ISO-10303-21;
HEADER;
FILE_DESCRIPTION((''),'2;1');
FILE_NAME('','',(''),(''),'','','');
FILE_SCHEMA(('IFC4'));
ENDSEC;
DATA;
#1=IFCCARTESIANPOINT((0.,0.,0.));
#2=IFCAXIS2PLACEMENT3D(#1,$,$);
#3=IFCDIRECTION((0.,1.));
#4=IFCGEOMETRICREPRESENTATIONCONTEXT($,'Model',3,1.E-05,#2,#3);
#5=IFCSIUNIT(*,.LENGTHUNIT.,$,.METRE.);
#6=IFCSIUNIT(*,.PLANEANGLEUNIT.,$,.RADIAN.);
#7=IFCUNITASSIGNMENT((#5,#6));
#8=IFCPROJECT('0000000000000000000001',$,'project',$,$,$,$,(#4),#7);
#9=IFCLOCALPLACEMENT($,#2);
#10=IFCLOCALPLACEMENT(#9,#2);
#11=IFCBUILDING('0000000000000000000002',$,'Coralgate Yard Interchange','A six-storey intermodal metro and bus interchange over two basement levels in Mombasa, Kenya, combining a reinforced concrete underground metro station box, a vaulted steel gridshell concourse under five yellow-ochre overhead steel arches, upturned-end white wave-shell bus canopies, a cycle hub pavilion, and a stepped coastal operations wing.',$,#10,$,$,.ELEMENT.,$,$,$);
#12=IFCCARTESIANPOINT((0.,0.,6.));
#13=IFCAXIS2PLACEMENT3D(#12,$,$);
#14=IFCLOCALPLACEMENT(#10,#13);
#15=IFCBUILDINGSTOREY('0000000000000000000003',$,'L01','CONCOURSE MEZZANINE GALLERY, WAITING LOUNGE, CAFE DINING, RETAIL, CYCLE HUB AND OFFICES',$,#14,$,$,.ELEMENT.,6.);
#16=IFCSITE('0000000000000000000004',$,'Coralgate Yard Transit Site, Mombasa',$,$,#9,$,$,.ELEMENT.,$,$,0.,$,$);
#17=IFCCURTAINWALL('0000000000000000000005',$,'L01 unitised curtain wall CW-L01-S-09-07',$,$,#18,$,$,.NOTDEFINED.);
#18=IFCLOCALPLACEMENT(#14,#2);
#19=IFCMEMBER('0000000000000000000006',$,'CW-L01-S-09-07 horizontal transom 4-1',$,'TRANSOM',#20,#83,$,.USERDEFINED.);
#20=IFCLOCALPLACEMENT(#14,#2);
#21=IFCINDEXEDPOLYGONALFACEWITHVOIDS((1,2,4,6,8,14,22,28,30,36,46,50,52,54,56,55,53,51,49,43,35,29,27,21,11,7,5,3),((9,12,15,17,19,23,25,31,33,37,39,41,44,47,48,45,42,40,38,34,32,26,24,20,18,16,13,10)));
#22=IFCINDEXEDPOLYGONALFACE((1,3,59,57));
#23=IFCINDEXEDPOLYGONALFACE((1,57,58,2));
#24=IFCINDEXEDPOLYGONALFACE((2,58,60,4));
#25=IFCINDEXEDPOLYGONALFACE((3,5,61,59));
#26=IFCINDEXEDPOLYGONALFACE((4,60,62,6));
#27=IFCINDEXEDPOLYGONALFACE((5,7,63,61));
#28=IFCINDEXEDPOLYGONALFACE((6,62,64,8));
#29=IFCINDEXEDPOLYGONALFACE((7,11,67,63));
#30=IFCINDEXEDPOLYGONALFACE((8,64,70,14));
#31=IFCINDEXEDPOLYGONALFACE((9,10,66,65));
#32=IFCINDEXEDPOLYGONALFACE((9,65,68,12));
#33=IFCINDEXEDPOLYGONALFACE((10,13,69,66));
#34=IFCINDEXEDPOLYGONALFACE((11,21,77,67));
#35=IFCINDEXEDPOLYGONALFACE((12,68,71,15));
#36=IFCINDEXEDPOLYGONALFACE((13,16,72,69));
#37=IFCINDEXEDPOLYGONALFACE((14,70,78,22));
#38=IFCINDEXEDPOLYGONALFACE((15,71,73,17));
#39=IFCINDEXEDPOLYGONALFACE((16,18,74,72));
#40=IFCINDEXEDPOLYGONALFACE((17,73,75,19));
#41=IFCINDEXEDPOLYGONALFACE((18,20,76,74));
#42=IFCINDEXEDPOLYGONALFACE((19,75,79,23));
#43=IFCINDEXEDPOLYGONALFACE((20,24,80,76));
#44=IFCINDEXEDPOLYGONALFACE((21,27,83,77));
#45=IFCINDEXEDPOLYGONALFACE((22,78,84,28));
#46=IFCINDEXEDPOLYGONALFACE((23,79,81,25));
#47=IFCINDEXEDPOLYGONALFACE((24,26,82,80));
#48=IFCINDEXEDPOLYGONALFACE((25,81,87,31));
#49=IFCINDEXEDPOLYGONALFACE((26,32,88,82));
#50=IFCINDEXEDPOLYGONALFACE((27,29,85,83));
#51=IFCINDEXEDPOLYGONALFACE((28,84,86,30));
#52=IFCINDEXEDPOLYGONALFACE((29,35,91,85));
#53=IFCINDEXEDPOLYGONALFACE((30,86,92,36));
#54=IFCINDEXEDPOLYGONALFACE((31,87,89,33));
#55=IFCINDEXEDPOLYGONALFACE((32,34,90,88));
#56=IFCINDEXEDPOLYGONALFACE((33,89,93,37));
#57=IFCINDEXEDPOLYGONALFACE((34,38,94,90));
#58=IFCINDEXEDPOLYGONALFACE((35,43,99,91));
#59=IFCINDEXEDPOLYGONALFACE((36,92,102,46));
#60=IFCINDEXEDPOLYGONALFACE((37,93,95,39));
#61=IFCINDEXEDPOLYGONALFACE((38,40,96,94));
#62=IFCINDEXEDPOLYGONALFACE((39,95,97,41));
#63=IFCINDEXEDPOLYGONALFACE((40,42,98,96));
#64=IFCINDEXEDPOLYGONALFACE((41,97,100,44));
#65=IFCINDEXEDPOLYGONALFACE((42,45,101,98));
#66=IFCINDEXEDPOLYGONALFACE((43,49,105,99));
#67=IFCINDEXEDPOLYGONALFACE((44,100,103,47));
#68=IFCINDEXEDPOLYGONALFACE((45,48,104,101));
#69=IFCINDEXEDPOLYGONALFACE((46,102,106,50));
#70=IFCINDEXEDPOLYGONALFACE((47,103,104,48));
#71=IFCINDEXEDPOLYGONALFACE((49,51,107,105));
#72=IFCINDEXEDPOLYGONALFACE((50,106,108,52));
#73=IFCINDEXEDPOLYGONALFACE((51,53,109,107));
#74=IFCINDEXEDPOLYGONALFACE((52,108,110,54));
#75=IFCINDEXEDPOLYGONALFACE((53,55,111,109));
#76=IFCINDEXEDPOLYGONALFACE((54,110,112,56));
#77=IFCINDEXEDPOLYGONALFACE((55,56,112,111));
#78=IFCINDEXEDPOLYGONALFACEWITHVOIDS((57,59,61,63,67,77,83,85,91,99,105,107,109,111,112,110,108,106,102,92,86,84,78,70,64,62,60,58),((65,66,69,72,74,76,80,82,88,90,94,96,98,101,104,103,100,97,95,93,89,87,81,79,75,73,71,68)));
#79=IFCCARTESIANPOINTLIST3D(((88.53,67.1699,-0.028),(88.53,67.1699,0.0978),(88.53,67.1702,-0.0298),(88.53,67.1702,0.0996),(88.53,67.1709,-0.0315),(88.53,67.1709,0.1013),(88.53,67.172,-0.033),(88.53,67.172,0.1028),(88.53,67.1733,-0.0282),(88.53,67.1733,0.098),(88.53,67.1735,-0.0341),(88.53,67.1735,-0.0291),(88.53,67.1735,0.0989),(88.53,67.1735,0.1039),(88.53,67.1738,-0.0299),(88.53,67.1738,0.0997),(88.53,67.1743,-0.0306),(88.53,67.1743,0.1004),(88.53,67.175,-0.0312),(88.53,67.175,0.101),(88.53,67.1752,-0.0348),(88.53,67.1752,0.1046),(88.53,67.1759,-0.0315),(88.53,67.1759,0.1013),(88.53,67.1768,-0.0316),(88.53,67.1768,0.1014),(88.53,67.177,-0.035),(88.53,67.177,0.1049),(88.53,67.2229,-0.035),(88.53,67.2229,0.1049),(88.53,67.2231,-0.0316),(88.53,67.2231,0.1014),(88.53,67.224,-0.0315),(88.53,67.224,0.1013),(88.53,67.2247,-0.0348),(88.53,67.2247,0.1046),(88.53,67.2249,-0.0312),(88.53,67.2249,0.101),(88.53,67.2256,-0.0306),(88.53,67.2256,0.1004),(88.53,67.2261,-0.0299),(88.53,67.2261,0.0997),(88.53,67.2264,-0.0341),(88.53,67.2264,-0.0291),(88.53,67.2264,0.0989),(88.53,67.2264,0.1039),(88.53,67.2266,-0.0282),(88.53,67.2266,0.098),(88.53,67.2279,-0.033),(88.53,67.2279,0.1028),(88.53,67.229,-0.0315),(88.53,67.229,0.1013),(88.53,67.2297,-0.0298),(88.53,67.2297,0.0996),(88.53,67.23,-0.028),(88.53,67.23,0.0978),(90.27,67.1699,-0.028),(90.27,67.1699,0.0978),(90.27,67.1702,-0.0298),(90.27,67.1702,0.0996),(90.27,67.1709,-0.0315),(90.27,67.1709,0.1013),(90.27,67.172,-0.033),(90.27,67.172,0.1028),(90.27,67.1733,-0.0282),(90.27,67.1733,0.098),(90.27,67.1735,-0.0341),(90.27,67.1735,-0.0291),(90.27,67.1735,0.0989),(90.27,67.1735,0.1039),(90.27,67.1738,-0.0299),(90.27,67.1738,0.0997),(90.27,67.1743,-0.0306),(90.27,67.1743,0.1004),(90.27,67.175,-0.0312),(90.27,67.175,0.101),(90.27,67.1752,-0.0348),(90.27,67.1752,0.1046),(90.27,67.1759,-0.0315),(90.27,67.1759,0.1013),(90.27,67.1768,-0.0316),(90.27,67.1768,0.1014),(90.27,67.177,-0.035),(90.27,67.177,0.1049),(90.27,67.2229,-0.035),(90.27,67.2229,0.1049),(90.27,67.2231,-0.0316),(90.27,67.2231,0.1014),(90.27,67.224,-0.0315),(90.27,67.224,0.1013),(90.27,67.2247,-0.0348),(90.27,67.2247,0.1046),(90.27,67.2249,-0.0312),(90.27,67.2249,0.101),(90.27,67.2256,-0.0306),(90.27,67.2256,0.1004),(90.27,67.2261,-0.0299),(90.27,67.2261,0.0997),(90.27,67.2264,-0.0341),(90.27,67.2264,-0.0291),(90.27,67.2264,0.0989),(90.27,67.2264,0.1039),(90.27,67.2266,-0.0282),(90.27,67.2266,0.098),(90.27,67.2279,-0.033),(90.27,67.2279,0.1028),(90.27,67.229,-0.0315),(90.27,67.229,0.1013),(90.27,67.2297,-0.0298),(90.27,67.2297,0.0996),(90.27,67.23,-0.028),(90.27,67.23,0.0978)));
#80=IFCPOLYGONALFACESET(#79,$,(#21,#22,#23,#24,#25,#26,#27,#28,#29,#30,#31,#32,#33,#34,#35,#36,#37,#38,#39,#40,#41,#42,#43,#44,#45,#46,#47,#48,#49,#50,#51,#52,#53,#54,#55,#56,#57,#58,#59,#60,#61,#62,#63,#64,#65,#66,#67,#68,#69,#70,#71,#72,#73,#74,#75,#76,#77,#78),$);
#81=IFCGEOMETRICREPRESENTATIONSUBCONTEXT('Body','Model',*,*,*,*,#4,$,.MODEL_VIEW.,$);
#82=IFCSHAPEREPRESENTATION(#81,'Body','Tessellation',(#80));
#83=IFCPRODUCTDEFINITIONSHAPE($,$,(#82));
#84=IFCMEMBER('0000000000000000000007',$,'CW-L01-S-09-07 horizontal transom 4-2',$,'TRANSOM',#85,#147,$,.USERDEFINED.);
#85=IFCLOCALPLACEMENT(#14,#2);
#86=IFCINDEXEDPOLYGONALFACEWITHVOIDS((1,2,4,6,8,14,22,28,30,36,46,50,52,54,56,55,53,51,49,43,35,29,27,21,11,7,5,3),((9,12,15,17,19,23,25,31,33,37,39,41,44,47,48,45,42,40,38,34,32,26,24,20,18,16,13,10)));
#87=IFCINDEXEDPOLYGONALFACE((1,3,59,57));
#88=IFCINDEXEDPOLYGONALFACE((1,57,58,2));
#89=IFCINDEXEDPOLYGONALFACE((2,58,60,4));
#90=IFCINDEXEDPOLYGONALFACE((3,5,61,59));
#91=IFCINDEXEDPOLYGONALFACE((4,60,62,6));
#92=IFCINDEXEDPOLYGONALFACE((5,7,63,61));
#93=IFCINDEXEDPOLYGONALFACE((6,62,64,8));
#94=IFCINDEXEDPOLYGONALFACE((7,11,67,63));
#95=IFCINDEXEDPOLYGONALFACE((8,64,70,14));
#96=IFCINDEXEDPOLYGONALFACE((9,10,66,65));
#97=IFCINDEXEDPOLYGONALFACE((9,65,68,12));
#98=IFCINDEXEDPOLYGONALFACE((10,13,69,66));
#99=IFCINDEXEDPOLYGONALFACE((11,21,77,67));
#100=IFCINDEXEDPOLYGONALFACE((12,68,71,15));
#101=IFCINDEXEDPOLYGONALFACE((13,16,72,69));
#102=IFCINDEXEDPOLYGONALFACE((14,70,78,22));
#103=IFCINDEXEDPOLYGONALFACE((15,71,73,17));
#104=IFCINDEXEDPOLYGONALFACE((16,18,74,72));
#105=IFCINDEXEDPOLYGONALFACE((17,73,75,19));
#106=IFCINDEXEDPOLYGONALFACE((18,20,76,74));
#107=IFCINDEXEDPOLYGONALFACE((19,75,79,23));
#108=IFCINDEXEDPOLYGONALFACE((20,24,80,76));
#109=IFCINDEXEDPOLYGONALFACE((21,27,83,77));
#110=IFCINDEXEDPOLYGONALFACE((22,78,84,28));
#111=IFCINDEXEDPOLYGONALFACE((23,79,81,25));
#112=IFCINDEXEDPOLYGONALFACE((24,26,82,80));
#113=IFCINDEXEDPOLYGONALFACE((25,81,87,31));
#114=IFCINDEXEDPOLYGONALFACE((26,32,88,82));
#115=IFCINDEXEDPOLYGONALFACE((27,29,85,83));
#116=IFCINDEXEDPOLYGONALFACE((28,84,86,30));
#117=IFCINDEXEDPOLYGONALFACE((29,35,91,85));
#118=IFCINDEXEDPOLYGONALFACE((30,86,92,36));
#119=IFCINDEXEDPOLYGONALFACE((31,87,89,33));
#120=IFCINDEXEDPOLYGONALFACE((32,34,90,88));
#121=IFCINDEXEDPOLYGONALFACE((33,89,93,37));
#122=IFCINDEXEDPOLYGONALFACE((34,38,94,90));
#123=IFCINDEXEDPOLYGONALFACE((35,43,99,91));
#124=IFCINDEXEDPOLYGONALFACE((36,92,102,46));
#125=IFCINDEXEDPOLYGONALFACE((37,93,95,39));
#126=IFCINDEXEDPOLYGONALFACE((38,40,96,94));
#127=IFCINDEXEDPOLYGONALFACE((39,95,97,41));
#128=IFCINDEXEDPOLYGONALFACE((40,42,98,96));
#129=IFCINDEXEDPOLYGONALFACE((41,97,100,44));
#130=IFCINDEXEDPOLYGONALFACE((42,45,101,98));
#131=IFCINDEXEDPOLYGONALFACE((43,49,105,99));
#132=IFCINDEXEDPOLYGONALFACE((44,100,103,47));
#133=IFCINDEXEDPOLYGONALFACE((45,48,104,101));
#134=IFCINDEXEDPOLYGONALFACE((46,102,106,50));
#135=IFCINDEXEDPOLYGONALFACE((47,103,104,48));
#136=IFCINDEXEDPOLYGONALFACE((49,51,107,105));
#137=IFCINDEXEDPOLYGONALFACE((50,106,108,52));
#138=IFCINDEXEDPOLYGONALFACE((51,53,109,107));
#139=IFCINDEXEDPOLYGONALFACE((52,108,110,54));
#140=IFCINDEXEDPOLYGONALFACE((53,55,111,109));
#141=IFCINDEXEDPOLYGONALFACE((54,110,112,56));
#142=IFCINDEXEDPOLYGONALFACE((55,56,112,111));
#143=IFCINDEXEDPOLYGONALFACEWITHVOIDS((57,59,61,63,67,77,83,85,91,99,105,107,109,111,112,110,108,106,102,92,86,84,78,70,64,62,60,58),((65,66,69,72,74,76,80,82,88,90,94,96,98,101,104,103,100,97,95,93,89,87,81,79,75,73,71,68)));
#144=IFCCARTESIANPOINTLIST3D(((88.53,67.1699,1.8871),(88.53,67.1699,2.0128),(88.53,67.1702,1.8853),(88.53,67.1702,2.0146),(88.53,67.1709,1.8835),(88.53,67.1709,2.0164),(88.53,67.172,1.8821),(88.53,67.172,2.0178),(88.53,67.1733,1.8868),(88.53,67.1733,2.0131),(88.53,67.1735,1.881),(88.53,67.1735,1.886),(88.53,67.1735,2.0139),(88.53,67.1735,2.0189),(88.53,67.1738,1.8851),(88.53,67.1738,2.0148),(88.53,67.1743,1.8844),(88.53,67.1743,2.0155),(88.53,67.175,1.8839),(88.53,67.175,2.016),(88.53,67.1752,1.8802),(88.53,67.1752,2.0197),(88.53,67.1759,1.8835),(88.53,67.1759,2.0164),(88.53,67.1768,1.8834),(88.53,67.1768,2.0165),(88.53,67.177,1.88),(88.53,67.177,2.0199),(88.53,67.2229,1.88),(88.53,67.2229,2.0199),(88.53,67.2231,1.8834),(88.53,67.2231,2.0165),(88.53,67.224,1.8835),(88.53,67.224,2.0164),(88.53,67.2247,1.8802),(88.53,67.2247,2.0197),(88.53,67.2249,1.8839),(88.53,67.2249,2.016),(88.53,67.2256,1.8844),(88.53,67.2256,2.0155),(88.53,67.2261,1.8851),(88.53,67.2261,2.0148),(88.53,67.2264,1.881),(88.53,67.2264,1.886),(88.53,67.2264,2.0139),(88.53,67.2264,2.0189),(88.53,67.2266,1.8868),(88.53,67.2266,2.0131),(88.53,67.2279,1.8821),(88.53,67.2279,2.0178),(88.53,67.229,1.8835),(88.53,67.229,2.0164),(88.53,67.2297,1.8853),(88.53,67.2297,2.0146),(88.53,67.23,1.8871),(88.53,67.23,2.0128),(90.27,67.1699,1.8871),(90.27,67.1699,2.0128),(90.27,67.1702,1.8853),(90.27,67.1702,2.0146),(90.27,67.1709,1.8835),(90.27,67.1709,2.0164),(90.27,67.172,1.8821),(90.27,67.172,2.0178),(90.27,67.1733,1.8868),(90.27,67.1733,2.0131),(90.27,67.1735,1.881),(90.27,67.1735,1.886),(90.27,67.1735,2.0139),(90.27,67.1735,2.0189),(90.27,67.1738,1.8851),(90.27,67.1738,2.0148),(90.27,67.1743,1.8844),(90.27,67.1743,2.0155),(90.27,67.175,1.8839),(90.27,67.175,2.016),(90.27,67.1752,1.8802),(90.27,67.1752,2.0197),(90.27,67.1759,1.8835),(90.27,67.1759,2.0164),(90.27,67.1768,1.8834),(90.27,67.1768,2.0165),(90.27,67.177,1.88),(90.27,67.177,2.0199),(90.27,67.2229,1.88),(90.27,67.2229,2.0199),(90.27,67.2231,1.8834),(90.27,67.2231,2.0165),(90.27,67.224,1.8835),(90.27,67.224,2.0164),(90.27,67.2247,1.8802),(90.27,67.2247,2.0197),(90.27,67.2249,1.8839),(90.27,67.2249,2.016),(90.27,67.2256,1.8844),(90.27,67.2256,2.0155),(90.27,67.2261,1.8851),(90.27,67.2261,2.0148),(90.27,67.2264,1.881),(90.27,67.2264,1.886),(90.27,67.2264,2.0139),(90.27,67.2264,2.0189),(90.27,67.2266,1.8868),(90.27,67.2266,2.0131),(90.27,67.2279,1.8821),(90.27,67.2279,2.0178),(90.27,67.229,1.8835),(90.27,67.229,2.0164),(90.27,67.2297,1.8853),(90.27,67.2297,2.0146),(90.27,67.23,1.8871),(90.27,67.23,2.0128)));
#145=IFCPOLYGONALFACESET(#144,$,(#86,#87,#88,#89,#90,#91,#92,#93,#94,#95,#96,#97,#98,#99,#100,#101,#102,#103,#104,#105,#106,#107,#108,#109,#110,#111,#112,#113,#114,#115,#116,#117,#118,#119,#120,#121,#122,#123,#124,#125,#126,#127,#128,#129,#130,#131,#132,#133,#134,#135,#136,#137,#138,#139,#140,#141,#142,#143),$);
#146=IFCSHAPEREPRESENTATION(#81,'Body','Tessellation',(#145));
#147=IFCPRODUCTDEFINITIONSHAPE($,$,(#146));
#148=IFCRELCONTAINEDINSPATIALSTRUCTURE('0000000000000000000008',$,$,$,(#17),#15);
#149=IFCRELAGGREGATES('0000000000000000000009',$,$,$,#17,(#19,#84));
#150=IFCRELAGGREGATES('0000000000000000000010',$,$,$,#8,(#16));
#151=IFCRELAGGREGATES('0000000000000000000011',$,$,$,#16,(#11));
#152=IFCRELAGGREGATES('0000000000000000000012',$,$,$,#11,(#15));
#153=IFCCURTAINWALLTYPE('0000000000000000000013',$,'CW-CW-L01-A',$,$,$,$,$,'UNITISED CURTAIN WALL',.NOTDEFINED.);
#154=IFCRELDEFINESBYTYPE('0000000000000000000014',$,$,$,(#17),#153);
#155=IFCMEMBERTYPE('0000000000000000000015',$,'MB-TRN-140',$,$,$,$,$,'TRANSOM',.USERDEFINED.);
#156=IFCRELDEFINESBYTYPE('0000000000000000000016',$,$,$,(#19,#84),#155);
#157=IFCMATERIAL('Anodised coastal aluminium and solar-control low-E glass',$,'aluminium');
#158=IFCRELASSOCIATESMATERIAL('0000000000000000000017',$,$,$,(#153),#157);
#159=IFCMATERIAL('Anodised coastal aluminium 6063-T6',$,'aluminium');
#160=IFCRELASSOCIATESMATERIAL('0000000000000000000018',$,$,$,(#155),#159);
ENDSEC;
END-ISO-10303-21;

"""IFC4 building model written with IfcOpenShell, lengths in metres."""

from ifc_helpers import new_model, si_unit, direction, frame, origin, origin_2d, place, context, subcontext, project, spatial, hollow_rectangle, extrude, material, material_profile, profile_set, type_object, element, aggregate, save


model = new_model("IFC4")

# Units and contexts
model_context = context("Model", 3, precision=1e-05, world=origin(), true_north=direction((0.0, 1.0)))
body_context = subcontext(model_context, "Body", "Model", "MODEL_VIEW")
ifc_project = project(units=[si_unit("LENGTHUNIT", "METRE"), si_unit("PLANEANGLEUNIT", "RADIAN")], contexts=[model_context])

# Site, building, storey
site_placement = place(None, origin())
site = spatial("IfcSite", under=ifc_project, at=site_placement, Name="Coralgate Yard Transit Site, Mombasa", CompositionType="ELEMENT", RefElevation=0.0)
building_placement = place(site_placement, origin())
building = spatial("IfcBuilding", under=site, at=building_placement, Name="Coralgate Yard Interchange", Description="A six-storey intermodal metro and bus interchange over two basement levels in Mombasa, Kenya, combining a reinforced concrete underground metro station box, a vaulted steel gridshell concourse under five yellow-ochre overhead steel arches, upturned-end white wave-shell bus canopies, a cycle hub pavilion, and a stepped coastal operations wing.", CompositionType="ELEMENT")
storey_placement = place(building_placement, frame((0.0, 0.0, 6.0)))
storey = spatial("IfcBuildingStorey", under=building, at=storey_placement, Name="L01", Description="CONCOURSE MEZZANINE GALLERY, WAITING LOUNGE, CAFE DINING, RETAIL, CYCLE HUB AND OFFICES", CompositionType="ELEMENT", Elevation=6.0)

# Curtain wall, members
ifc_material_1 = material(Name="Anodised coastal aluminium and solar-control low-E glass", Category="aluminium")
curtain_wall_type = type_object("IfcCurtainWallType", Name="CW-CW-L01-A", ElementType="UNITISED CURTAIN WALL", PredefinedType="NOTDEFINED", material=ifc_material_1)
curtain_wall_placement = place(storey_placement, origin())
curtain_wall = element("IfcCurtainWall", 1, at=curtain_wall_placement, inside=storey, type_object=curtain_wall_type, Name="L01 unitised curtain wall CW-L01-S-09-07", PredefinedType="NOTDEFINED")
ifc_material_2 = material(Name="Anodised coastal aluminium 6063-T6", Category="aluminium")
ifc_material_profile_1 = material_profile(ifc_material_2, hollow_rectangle(XDim=0.0601, YDim=0.1399, WallThickness=0.0034, InnerFilletRadius=0.0034, OuterFilletRadius=0.0071, at=origin_2d()), Name="ALU 60x140x3.5")
ifc_profile_set_1 = profile_set([ifc_material_profile_1], Name="Anodised coastal aluminium 6063-T6")
member_type_1 = type_object("IfcMemberType", Name="MB-TRN-140", ElementType="TRANSOM", PredefinedType="USERDEFINED", material=ifc_profile_set_1)
member_1_placement = place(storey_placement, frame((90.27, 67.2, 0.0349), z_axis=(-1.0, 0.0, 0.0), x_axis=(0.0, -1.0, 0.0)))
member_1 = element("IfcMember", 2, at=member_1_placement, type_object=member_type_1, Name="CW-L01-S-09-07 horizontal transom 4-1", ObjectType="TRANSOM", PredefinedType="USERDEFINED", context=body_context, shape_type="SweptSolid", body=[
    extrude(hollow_rectangle(XDim=0.0601, YDim=0.1399, WallThickness=0.0034, InnerFilletRadius=0.0034, OuterFilletRadius=0.0071, at=origin_2d()), origin(), (0.0, 0.0, 1.0), 1.74),
])
member_2_placement = place(storey_placement, frame((90.27, 67.2, 1.95), z_axis=(-1.0, 0.0, 0.0), x_axis=(0.0, -1.0, 0.0)))
member_2 = element("IfcMember", 3, at=member_2_placement, type_object=member_type_1, Name="CW-L01-S-09-07 horizontal transom 4-2", ObjectType="TRANSOM", PredefinedType="USERDEFINED", context=body_context, shape_type="SweptSolid", body=[
    extrude(hollow_rectangle(XDim=0.0601, YDim=0.1399, WallThickness=0.0034, InnerFilletRadius=0.0034, OuterFilletRadius=0.0071, at=origin_2d()), origin(), (0.0, 0.0, 1.0), 1.74),
])
aggregate(curtain_wall, [member_1, member_2])

save(model, "model.ifc")
